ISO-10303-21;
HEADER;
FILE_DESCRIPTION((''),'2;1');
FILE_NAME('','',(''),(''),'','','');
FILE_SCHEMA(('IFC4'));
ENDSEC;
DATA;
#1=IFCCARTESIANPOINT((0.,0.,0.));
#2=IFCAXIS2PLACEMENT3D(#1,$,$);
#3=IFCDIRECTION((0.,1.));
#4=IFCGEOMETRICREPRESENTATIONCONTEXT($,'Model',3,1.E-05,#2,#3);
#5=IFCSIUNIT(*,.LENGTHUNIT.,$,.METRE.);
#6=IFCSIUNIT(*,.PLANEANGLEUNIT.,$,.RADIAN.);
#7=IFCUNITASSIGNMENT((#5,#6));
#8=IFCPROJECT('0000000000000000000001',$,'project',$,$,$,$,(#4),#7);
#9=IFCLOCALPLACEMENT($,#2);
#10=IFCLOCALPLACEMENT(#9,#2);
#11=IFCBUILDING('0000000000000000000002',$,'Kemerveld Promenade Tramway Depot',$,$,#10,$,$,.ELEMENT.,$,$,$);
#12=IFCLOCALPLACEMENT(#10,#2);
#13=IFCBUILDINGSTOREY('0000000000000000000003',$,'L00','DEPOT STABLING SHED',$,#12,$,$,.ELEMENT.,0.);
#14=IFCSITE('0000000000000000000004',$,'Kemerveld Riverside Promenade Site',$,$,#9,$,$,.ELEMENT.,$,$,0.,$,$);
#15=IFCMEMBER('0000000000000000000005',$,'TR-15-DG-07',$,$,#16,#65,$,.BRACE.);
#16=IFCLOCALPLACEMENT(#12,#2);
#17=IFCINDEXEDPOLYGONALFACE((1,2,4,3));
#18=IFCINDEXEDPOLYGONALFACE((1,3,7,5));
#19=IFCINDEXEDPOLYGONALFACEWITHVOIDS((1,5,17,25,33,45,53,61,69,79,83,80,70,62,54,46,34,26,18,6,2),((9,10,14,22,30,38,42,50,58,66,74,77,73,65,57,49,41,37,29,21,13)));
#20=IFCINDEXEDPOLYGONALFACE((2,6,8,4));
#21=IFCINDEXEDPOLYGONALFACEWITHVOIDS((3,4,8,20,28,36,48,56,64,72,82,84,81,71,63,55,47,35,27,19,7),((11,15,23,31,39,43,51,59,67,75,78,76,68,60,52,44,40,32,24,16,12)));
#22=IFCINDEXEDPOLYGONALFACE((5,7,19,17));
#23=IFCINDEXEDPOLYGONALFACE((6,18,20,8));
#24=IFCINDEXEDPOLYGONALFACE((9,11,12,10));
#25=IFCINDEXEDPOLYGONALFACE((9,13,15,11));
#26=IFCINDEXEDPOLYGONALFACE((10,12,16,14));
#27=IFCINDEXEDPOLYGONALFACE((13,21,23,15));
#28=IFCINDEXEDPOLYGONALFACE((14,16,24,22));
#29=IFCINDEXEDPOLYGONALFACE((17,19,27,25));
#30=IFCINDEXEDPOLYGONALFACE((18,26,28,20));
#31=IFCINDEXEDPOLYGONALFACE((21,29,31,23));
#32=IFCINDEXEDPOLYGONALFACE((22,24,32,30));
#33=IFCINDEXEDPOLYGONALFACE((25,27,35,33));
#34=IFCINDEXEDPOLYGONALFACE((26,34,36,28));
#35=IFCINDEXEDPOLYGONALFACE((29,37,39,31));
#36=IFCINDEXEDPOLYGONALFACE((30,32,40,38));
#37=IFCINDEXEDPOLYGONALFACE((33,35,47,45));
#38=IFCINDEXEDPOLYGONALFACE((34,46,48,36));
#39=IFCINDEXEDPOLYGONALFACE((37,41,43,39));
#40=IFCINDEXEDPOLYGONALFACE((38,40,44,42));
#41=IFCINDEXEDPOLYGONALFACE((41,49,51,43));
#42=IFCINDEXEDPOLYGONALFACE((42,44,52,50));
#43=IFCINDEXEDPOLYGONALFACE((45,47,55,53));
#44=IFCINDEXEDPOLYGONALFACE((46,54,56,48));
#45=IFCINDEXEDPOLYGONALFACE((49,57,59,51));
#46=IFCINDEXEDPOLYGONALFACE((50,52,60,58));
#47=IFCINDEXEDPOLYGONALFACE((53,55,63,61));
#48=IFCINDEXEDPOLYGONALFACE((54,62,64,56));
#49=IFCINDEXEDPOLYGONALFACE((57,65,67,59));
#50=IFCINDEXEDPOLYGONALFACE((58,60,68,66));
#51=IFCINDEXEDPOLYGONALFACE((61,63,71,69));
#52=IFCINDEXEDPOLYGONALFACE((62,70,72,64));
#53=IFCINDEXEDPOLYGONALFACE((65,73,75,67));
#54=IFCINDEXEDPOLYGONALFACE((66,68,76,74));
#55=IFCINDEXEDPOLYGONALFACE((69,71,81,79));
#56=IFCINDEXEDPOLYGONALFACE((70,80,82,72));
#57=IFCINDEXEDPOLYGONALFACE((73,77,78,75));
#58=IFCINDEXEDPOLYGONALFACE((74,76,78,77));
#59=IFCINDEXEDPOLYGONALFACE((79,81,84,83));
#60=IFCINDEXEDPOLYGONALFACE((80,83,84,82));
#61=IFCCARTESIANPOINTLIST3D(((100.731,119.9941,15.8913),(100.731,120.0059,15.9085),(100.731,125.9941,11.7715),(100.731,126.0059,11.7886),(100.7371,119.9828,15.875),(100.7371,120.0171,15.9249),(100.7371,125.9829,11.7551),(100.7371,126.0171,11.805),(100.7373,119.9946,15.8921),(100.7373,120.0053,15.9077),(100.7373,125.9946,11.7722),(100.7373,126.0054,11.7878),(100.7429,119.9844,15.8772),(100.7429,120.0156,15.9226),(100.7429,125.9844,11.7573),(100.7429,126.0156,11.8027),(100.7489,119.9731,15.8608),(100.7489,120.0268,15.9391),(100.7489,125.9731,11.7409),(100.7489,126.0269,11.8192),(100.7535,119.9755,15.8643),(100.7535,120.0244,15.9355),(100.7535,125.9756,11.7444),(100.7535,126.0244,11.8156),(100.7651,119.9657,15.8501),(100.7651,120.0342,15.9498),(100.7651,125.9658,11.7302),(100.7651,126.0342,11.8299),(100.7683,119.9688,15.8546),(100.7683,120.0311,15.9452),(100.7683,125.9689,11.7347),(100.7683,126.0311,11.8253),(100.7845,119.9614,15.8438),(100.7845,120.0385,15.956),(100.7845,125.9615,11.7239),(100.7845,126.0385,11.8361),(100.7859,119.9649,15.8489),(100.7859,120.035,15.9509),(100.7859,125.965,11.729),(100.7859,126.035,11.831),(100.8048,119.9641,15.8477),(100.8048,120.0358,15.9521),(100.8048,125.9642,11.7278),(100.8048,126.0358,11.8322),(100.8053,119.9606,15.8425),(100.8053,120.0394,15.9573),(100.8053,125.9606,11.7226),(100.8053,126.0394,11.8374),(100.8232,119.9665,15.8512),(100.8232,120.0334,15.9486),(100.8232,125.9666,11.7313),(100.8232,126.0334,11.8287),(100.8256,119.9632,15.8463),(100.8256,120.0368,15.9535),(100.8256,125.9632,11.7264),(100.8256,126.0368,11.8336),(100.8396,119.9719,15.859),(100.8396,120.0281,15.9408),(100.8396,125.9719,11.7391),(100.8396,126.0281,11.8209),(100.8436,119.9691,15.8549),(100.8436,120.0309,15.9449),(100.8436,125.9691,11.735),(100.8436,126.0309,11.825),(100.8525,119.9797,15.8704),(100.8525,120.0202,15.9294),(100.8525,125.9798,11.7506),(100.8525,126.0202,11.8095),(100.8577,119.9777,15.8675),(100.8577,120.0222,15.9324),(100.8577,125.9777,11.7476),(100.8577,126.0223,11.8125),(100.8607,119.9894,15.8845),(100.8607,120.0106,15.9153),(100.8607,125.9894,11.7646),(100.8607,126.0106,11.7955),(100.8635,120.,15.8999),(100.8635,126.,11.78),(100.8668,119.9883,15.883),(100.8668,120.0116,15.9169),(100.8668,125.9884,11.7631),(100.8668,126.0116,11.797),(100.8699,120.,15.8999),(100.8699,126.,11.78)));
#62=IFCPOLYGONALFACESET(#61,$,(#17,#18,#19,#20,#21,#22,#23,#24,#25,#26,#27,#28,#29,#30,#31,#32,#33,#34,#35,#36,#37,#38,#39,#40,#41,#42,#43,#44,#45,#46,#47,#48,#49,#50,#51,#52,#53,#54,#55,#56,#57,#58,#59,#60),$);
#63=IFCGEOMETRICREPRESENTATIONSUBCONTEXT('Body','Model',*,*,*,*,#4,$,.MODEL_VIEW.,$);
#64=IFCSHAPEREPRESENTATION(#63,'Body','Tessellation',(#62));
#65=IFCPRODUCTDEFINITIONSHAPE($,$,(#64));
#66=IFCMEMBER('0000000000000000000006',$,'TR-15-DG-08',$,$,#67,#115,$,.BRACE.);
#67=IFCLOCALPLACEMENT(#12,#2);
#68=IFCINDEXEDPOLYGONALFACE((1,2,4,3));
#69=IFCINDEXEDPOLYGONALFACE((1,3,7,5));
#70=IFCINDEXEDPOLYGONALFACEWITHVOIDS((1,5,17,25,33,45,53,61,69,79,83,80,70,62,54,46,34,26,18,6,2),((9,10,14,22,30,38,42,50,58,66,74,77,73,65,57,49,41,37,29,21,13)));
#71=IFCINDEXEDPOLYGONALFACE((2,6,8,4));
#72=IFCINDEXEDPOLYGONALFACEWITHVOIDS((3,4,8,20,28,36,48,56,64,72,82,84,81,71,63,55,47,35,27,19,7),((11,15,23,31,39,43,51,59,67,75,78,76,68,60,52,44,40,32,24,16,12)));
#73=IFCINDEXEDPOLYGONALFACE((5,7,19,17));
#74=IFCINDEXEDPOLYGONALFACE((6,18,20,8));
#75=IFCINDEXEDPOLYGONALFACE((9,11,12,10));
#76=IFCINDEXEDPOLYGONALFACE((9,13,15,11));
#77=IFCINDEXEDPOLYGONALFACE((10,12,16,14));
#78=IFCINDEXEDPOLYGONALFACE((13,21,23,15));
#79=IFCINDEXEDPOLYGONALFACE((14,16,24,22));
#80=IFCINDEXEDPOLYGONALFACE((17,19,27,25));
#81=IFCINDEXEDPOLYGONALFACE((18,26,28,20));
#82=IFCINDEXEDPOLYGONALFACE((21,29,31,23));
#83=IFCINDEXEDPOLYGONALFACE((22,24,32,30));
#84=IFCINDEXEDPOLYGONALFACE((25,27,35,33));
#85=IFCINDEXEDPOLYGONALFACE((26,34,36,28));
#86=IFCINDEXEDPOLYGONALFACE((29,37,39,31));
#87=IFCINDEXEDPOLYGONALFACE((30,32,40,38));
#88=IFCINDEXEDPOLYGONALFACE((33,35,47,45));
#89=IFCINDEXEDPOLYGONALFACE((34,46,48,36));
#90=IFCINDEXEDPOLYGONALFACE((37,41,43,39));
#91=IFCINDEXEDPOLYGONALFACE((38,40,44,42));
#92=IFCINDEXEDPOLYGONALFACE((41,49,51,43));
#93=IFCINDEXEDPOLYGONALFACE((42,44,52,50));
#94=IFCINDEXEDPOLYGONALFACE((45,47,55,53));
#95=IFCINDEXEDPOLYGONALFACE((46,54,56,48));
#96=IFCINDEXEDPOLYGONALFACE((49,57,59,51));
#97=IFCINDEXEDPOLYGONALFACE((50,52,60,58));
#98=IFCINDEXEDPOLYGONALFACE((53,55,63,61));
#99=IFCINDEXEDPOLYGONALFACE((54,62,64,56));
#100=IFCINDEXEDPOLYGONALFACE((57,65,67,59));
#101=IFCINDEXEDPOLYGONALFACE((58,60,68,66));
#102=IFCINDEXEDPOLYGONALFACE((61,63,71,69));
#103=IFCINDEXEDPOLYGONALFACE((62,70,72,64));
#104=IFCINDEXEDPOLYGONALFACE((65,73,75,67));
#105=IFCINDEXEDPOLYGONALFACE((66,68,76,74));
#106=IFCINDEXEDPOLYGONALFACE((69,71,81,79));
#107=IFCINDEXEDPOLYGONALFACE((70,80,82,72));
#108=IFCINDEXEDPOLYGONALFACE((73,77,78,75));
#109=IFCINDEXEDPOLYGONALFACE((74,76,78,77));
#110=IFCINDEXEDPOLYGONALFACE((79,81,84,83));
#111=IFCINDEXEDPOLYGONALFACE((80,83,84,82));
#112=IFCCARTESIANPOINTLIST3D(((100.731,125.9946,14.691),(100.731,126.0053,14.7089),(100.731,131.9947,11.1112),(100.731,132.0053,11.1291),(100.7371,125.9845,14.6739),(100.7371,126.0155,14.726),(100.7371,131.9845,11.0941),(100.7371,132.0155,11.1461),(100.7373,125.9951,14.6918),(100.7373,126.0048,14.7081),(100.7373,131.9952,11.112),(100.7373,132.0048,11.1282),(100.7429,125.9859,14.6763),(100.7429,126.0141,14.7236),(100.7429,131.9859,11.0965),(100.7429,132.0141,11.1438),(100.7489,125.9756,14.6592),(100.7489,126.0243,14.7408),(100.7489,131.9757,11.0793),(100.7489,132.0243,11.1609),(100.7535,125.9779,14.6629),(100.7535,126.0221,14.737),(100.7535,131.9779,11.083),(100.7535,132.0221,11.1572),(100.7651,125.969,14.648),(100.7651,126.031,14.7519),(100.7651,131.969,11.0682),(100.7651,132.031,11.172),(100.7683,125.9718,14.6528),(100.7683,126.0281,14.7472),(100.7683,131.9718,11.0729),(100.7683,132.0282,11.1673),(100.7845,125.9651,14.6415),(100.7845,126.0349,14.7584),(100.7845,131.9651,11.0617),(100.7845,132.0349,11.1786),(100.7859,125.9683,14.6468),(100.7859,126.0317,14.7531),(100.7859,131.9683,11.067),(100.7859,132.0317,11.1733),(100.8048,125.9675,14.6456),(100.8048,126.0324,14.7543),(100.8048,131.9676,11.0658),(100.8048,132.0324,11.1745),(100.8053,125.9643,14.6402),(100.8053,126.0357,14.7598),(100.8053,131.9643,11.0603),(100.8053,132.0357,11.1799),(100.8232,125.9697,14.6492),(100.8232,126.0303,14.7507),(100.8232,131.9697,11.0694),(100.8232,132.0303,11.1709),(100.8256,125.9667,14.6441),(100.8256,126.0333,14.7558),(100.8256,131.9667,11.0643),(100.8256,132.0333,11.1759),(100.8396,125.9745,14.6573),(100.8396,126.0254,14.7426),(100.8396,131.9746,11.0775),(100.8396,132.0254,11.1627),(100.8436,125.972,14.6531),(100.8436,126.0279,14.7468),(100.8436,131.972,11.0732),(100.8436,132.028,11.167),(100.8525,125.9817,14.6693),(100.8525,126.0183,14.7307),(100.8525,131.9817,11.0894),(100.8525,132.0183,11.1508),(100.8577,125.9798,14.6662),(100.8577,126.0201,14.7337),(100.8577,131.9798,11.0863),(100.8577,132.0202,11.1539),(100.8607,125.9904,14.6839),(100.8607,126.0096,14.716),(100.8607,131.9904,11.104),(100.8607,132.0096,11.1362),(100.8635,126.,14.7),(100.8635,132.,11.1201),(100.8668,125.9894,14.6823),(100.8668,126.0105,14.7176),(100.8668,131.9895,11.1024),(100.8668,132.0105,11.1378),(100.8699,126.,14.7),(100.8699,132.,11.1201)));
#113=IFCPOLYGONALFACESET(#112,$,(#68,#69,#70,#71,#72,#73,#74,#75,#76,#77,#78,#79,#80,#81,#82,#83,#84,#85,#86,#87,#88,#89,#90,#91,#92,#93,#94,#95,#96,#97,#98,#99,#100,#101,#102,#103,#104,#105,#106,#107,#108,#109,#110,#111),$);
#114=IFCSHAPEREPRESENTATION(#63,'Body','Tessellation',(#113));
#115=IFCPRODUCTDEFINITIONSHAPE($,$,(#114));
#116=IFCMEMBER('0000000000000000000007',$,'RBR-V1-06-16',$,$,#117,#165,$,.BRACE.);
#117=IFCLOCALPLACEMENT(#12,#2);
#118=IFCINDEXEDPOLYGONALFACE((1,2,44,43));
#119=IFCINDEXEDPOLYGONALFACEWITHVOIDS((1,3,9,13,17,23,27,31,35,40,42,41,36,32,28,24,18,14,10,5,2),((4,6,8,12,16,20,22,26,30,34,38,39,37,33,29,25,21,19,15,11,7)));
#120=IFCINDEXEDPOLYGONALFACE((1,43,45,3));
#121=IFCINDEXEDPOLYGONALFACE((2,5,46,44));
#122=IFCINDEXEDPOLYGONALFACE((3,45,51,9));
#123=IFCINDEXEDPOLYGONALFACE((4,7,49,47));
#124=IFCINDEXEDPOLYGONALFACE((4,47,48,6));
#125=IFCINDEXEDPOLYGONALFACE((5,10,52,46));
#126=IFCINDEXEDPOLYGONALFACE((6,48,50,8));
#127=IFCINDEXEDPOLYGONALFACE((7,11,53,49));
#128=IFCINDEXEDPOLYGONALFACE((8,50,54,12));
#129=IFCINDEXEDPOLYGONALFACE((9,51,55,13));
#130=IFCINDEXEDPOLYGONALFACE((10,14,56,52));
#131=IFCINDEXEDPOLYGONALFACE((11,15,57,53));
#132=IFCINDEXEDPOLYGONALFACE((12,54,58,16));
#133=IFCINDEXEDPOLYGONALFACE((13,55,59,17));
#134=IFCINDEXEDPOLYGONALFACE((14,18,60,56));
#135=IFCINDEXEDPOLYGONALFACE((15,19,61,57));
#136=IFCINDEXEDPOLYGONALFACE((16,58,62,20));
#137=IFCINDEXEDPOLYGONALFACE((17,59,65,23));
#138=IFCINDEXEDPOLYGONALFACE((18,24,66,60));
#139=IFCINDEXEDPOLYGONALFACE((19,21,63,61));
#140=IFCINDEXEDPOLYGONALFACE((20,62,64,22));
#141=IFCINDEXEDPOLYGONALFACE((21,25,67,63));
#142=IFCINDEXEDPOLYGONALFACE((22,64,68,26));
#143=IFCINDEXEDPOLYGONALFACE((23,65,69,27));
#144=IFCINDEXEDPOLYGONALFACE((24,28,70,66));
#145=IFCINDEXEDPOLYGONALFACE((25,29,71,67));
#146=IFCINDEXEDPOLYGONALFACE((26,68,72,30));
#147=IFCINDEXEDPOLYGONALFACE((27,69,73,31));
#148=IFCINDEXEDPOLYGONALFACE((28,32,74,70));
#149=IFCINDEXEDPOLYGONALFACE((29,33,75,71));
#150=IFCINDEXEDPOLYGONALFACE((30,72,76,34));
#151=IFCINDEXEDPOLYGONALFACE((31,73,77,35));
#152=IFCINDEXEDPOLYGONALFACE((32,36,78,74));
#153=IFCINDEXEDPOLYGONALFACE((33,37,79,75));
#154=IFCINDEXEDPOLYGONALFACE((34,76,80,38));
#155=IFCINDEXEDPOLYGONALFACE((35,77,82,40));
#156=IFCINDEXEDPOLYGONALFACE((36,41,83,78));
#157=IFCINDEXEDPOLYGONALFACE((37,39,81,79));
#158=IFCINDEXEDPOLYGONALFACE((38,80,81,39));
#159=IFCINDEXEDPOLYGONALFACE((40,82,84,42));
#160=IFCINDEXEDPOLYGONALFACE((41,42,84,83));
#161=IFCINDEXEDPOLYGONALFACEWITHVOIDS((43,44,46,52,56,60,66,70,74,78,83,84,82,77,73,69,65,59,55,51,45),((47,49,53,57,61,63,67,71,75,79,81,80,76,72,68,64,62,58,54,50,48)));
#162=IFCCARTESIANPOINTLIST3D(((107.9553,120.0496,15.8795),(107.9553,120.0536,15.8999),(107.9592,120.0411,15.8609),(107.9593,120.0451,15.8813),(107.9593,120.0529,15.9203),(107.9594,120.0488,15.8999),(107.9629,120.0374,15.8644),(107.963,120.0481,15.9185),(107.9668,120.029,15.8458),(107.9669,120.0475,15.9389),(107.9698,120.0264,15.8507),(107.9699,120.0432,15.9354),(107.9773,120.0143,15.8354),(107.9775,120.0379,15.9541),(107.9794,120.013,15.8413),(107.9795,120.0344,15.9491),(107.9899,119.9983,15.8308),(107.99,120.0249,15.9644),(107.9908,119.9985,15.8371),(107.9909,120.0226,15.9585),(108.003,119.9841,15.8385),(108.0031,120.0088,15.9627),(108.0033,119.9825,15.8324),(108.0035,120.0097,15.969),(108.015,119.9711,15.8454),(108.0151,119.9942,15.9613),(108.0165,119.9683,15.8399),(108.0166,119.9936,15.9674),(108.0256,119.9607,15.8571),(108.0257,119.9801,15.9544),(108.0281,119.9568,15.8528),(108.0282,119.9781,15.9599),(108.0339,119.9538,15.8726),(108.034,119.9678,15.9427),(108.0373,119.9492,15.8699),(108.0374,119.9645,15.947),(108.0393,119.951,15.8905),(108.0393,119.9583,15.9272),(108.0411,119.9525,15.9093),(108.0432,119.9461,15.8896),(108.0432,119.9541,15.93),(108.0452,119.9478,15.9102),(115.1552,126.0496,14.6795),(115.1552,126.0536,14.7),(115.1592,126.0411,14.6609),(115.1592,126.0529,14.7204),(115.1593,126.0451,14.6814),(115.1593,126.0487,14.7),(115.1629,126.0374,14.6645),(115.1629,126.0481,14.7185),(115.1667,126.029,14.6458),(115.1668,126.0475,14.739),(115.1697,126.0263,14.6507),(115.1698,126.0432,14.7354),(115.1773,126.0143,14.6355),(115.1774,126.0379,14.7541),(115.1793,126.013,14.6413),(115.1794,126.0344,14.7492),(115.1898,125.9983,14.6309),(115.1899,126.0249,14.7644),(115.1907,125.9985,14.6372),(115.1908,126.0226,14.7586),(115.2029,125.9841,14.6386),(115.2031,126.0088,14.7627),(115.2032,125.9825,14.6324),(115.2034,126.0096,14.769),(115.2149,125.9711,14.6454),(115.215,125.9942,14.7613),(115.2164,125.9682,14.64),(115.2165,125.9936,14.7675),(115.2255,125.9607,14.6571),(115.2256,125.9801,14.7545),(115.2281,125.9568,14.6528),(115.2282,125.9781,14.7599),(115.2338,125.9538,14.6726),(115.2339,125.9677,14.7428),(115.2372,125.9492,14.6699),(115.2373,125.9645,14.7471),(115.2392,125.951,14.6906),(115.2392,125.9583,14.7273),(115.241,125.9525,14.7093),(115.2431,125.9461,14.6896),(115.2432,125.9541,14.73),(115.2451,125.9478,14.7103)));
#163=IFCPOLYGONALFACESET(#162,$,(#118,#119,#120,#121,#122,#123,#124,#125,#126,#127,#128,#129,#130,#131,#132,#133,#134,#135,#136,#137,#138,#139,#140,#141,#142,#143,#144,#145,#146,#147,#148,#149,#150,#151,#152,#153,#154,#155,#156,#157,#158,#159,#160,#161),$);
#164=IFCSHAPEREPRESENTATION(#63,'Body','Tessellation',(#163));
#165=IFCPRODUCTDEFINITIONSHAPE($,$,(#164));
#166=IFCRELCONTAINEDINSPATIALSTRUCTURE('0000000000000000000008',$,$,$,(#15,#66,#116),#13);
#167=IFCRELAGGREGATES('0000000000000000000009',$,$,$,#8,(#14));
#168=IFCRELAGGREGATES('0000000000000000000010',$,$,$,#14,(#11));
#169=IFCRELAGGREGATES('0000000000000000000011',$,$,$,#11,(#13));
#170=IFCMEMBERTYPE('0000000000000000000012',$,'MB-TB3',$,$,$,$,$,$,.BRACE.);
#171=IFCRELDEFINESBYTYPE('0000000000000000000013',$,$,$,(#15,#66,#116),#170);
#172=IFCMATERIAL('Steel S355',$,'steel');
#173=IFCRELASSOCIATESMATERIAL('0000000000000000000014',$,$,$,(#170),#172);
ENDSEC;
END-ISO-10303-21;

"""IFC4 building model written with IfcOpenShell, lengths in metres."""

from ifc_helpers import new_model, si_unit, direction, frame, origin, origin_2d, place, context, subcontext, project, spatial, hollow_circle, extrude, material, material_profile, profile_set, type_object, element, save


model = new_model("IFC4")

# Units and contexts
model_context = context("Model", 3, precision=1e-05, world=origin(), true_north=direction((0.0, 1.0)))
body_context = subcontext(model_context, "Body", "Model", "MODEL_VIEW")
ifc_project = project(units=[si_unit("LENGTHUNIT", "METRE"), si_unit("PLANEANGLEUNIT", "RADIAN")], contexts=[model_context])

# Site, building, storey
site_placement = place(None, origin())
site = spatial("IfcSite", under=ifc_project, at=site_placement, Name="Kemerveld Riverside Promenade Site", CompositionType="ELEMENT", RefElevation=0.0)
building_placement = place(site_placement, origin())
building = spatial("IfcBuilding", under=site, at=building_placement, Name="Kemerveld Promenade Tramway Depot", CompositionType="ELEMENT")
storey_placement = place(building_placement, origin())
storey = spatial("IfcBuildingStorey", under=building, at=storey_placement, Name="L00", Description="DEPOT STABLING SHED", CompositionType="ELEMENT", Elevation=0.0)

# Members
ifc_material_1 = material(Name="Steel S355", Category="steel")
ifc_material_profile_1 = material_profile(ifc_material_1, hollow_circle(Radius=0.0698, WallThickness=0.0063, at=origin_2d()), Name="139.7x6.3 CHS")
ifc_profile_set_1 = profile_set([ifc_material_profile_1], Name="Steel S355")
member_type_1 = type_object("IfcMemberType", Name="MB-TB3", PredefinedType="BRACE", material=ifc_profile_set_1)
member_1_placement = place(storey_placement, frame((100.8, 126.0, 11.78), z_axis=(0.0, -0.824371, 0.56605), x_axis=(1.0, 0.0, 0.0)))
element("IfcMember", 1, at=member_1_placement, inside=storey, type_object=member_type_1, Name="TR-15-DG-07", PredefinedType="BRACE", context=body_context, shape_type="SweptSolid", body=[
    extrude(hollow_circle(Radius=0.0698, WallThickness=0.0063, at=origin_2d()), origin(), (0.0, 0.0, 1.0), 7.2783),
])
member_2_placement = place(storey_placement, frame((100.8, 132.0, 11.1201), z_axis=(0.0, -0.858764, 0.512372), x_axis=(1.0, 0.0, 0.0)))
element("IfcMember", 2, at=member_2_placement, inside=storey, type_object=member_type_1, Name="TR-15-DG-08", PredefinedType="BRACE", context=body_context, shape_type="SweptSolid", body=[
    extrude(hollow_circle(Radius=0.0698, WallThickness=0.0063, at=origin_2d()), origin(), (0.0, 0.0, 1.0), 6.9868),
])
for number, where, z_axis, x_axis, name in (
    (3, (108.0, 120.0, 15.8999), (0.761999, 0.635004, -0.126996), (-0.640187, 0.768219, 0.0), "RBR-V1-06-16"),
):
    element("IfcMember", number, at=place(storey_placement, frame(where, z_axis=z_axis, x_axis=x_axis)), inside=storey, type_object=member_type_1, Name=name, PredefinedType="BRACE", context=body_context, shape_type="SweptSolid", body=[
        extrude(hollow_circle(Radius=0.0698, WallThickness=0.0063, at=origin_2d()), origin(), (0.0, 0.0, 1.0), 9.4487),
    ])

save(model, "model.ifc")
